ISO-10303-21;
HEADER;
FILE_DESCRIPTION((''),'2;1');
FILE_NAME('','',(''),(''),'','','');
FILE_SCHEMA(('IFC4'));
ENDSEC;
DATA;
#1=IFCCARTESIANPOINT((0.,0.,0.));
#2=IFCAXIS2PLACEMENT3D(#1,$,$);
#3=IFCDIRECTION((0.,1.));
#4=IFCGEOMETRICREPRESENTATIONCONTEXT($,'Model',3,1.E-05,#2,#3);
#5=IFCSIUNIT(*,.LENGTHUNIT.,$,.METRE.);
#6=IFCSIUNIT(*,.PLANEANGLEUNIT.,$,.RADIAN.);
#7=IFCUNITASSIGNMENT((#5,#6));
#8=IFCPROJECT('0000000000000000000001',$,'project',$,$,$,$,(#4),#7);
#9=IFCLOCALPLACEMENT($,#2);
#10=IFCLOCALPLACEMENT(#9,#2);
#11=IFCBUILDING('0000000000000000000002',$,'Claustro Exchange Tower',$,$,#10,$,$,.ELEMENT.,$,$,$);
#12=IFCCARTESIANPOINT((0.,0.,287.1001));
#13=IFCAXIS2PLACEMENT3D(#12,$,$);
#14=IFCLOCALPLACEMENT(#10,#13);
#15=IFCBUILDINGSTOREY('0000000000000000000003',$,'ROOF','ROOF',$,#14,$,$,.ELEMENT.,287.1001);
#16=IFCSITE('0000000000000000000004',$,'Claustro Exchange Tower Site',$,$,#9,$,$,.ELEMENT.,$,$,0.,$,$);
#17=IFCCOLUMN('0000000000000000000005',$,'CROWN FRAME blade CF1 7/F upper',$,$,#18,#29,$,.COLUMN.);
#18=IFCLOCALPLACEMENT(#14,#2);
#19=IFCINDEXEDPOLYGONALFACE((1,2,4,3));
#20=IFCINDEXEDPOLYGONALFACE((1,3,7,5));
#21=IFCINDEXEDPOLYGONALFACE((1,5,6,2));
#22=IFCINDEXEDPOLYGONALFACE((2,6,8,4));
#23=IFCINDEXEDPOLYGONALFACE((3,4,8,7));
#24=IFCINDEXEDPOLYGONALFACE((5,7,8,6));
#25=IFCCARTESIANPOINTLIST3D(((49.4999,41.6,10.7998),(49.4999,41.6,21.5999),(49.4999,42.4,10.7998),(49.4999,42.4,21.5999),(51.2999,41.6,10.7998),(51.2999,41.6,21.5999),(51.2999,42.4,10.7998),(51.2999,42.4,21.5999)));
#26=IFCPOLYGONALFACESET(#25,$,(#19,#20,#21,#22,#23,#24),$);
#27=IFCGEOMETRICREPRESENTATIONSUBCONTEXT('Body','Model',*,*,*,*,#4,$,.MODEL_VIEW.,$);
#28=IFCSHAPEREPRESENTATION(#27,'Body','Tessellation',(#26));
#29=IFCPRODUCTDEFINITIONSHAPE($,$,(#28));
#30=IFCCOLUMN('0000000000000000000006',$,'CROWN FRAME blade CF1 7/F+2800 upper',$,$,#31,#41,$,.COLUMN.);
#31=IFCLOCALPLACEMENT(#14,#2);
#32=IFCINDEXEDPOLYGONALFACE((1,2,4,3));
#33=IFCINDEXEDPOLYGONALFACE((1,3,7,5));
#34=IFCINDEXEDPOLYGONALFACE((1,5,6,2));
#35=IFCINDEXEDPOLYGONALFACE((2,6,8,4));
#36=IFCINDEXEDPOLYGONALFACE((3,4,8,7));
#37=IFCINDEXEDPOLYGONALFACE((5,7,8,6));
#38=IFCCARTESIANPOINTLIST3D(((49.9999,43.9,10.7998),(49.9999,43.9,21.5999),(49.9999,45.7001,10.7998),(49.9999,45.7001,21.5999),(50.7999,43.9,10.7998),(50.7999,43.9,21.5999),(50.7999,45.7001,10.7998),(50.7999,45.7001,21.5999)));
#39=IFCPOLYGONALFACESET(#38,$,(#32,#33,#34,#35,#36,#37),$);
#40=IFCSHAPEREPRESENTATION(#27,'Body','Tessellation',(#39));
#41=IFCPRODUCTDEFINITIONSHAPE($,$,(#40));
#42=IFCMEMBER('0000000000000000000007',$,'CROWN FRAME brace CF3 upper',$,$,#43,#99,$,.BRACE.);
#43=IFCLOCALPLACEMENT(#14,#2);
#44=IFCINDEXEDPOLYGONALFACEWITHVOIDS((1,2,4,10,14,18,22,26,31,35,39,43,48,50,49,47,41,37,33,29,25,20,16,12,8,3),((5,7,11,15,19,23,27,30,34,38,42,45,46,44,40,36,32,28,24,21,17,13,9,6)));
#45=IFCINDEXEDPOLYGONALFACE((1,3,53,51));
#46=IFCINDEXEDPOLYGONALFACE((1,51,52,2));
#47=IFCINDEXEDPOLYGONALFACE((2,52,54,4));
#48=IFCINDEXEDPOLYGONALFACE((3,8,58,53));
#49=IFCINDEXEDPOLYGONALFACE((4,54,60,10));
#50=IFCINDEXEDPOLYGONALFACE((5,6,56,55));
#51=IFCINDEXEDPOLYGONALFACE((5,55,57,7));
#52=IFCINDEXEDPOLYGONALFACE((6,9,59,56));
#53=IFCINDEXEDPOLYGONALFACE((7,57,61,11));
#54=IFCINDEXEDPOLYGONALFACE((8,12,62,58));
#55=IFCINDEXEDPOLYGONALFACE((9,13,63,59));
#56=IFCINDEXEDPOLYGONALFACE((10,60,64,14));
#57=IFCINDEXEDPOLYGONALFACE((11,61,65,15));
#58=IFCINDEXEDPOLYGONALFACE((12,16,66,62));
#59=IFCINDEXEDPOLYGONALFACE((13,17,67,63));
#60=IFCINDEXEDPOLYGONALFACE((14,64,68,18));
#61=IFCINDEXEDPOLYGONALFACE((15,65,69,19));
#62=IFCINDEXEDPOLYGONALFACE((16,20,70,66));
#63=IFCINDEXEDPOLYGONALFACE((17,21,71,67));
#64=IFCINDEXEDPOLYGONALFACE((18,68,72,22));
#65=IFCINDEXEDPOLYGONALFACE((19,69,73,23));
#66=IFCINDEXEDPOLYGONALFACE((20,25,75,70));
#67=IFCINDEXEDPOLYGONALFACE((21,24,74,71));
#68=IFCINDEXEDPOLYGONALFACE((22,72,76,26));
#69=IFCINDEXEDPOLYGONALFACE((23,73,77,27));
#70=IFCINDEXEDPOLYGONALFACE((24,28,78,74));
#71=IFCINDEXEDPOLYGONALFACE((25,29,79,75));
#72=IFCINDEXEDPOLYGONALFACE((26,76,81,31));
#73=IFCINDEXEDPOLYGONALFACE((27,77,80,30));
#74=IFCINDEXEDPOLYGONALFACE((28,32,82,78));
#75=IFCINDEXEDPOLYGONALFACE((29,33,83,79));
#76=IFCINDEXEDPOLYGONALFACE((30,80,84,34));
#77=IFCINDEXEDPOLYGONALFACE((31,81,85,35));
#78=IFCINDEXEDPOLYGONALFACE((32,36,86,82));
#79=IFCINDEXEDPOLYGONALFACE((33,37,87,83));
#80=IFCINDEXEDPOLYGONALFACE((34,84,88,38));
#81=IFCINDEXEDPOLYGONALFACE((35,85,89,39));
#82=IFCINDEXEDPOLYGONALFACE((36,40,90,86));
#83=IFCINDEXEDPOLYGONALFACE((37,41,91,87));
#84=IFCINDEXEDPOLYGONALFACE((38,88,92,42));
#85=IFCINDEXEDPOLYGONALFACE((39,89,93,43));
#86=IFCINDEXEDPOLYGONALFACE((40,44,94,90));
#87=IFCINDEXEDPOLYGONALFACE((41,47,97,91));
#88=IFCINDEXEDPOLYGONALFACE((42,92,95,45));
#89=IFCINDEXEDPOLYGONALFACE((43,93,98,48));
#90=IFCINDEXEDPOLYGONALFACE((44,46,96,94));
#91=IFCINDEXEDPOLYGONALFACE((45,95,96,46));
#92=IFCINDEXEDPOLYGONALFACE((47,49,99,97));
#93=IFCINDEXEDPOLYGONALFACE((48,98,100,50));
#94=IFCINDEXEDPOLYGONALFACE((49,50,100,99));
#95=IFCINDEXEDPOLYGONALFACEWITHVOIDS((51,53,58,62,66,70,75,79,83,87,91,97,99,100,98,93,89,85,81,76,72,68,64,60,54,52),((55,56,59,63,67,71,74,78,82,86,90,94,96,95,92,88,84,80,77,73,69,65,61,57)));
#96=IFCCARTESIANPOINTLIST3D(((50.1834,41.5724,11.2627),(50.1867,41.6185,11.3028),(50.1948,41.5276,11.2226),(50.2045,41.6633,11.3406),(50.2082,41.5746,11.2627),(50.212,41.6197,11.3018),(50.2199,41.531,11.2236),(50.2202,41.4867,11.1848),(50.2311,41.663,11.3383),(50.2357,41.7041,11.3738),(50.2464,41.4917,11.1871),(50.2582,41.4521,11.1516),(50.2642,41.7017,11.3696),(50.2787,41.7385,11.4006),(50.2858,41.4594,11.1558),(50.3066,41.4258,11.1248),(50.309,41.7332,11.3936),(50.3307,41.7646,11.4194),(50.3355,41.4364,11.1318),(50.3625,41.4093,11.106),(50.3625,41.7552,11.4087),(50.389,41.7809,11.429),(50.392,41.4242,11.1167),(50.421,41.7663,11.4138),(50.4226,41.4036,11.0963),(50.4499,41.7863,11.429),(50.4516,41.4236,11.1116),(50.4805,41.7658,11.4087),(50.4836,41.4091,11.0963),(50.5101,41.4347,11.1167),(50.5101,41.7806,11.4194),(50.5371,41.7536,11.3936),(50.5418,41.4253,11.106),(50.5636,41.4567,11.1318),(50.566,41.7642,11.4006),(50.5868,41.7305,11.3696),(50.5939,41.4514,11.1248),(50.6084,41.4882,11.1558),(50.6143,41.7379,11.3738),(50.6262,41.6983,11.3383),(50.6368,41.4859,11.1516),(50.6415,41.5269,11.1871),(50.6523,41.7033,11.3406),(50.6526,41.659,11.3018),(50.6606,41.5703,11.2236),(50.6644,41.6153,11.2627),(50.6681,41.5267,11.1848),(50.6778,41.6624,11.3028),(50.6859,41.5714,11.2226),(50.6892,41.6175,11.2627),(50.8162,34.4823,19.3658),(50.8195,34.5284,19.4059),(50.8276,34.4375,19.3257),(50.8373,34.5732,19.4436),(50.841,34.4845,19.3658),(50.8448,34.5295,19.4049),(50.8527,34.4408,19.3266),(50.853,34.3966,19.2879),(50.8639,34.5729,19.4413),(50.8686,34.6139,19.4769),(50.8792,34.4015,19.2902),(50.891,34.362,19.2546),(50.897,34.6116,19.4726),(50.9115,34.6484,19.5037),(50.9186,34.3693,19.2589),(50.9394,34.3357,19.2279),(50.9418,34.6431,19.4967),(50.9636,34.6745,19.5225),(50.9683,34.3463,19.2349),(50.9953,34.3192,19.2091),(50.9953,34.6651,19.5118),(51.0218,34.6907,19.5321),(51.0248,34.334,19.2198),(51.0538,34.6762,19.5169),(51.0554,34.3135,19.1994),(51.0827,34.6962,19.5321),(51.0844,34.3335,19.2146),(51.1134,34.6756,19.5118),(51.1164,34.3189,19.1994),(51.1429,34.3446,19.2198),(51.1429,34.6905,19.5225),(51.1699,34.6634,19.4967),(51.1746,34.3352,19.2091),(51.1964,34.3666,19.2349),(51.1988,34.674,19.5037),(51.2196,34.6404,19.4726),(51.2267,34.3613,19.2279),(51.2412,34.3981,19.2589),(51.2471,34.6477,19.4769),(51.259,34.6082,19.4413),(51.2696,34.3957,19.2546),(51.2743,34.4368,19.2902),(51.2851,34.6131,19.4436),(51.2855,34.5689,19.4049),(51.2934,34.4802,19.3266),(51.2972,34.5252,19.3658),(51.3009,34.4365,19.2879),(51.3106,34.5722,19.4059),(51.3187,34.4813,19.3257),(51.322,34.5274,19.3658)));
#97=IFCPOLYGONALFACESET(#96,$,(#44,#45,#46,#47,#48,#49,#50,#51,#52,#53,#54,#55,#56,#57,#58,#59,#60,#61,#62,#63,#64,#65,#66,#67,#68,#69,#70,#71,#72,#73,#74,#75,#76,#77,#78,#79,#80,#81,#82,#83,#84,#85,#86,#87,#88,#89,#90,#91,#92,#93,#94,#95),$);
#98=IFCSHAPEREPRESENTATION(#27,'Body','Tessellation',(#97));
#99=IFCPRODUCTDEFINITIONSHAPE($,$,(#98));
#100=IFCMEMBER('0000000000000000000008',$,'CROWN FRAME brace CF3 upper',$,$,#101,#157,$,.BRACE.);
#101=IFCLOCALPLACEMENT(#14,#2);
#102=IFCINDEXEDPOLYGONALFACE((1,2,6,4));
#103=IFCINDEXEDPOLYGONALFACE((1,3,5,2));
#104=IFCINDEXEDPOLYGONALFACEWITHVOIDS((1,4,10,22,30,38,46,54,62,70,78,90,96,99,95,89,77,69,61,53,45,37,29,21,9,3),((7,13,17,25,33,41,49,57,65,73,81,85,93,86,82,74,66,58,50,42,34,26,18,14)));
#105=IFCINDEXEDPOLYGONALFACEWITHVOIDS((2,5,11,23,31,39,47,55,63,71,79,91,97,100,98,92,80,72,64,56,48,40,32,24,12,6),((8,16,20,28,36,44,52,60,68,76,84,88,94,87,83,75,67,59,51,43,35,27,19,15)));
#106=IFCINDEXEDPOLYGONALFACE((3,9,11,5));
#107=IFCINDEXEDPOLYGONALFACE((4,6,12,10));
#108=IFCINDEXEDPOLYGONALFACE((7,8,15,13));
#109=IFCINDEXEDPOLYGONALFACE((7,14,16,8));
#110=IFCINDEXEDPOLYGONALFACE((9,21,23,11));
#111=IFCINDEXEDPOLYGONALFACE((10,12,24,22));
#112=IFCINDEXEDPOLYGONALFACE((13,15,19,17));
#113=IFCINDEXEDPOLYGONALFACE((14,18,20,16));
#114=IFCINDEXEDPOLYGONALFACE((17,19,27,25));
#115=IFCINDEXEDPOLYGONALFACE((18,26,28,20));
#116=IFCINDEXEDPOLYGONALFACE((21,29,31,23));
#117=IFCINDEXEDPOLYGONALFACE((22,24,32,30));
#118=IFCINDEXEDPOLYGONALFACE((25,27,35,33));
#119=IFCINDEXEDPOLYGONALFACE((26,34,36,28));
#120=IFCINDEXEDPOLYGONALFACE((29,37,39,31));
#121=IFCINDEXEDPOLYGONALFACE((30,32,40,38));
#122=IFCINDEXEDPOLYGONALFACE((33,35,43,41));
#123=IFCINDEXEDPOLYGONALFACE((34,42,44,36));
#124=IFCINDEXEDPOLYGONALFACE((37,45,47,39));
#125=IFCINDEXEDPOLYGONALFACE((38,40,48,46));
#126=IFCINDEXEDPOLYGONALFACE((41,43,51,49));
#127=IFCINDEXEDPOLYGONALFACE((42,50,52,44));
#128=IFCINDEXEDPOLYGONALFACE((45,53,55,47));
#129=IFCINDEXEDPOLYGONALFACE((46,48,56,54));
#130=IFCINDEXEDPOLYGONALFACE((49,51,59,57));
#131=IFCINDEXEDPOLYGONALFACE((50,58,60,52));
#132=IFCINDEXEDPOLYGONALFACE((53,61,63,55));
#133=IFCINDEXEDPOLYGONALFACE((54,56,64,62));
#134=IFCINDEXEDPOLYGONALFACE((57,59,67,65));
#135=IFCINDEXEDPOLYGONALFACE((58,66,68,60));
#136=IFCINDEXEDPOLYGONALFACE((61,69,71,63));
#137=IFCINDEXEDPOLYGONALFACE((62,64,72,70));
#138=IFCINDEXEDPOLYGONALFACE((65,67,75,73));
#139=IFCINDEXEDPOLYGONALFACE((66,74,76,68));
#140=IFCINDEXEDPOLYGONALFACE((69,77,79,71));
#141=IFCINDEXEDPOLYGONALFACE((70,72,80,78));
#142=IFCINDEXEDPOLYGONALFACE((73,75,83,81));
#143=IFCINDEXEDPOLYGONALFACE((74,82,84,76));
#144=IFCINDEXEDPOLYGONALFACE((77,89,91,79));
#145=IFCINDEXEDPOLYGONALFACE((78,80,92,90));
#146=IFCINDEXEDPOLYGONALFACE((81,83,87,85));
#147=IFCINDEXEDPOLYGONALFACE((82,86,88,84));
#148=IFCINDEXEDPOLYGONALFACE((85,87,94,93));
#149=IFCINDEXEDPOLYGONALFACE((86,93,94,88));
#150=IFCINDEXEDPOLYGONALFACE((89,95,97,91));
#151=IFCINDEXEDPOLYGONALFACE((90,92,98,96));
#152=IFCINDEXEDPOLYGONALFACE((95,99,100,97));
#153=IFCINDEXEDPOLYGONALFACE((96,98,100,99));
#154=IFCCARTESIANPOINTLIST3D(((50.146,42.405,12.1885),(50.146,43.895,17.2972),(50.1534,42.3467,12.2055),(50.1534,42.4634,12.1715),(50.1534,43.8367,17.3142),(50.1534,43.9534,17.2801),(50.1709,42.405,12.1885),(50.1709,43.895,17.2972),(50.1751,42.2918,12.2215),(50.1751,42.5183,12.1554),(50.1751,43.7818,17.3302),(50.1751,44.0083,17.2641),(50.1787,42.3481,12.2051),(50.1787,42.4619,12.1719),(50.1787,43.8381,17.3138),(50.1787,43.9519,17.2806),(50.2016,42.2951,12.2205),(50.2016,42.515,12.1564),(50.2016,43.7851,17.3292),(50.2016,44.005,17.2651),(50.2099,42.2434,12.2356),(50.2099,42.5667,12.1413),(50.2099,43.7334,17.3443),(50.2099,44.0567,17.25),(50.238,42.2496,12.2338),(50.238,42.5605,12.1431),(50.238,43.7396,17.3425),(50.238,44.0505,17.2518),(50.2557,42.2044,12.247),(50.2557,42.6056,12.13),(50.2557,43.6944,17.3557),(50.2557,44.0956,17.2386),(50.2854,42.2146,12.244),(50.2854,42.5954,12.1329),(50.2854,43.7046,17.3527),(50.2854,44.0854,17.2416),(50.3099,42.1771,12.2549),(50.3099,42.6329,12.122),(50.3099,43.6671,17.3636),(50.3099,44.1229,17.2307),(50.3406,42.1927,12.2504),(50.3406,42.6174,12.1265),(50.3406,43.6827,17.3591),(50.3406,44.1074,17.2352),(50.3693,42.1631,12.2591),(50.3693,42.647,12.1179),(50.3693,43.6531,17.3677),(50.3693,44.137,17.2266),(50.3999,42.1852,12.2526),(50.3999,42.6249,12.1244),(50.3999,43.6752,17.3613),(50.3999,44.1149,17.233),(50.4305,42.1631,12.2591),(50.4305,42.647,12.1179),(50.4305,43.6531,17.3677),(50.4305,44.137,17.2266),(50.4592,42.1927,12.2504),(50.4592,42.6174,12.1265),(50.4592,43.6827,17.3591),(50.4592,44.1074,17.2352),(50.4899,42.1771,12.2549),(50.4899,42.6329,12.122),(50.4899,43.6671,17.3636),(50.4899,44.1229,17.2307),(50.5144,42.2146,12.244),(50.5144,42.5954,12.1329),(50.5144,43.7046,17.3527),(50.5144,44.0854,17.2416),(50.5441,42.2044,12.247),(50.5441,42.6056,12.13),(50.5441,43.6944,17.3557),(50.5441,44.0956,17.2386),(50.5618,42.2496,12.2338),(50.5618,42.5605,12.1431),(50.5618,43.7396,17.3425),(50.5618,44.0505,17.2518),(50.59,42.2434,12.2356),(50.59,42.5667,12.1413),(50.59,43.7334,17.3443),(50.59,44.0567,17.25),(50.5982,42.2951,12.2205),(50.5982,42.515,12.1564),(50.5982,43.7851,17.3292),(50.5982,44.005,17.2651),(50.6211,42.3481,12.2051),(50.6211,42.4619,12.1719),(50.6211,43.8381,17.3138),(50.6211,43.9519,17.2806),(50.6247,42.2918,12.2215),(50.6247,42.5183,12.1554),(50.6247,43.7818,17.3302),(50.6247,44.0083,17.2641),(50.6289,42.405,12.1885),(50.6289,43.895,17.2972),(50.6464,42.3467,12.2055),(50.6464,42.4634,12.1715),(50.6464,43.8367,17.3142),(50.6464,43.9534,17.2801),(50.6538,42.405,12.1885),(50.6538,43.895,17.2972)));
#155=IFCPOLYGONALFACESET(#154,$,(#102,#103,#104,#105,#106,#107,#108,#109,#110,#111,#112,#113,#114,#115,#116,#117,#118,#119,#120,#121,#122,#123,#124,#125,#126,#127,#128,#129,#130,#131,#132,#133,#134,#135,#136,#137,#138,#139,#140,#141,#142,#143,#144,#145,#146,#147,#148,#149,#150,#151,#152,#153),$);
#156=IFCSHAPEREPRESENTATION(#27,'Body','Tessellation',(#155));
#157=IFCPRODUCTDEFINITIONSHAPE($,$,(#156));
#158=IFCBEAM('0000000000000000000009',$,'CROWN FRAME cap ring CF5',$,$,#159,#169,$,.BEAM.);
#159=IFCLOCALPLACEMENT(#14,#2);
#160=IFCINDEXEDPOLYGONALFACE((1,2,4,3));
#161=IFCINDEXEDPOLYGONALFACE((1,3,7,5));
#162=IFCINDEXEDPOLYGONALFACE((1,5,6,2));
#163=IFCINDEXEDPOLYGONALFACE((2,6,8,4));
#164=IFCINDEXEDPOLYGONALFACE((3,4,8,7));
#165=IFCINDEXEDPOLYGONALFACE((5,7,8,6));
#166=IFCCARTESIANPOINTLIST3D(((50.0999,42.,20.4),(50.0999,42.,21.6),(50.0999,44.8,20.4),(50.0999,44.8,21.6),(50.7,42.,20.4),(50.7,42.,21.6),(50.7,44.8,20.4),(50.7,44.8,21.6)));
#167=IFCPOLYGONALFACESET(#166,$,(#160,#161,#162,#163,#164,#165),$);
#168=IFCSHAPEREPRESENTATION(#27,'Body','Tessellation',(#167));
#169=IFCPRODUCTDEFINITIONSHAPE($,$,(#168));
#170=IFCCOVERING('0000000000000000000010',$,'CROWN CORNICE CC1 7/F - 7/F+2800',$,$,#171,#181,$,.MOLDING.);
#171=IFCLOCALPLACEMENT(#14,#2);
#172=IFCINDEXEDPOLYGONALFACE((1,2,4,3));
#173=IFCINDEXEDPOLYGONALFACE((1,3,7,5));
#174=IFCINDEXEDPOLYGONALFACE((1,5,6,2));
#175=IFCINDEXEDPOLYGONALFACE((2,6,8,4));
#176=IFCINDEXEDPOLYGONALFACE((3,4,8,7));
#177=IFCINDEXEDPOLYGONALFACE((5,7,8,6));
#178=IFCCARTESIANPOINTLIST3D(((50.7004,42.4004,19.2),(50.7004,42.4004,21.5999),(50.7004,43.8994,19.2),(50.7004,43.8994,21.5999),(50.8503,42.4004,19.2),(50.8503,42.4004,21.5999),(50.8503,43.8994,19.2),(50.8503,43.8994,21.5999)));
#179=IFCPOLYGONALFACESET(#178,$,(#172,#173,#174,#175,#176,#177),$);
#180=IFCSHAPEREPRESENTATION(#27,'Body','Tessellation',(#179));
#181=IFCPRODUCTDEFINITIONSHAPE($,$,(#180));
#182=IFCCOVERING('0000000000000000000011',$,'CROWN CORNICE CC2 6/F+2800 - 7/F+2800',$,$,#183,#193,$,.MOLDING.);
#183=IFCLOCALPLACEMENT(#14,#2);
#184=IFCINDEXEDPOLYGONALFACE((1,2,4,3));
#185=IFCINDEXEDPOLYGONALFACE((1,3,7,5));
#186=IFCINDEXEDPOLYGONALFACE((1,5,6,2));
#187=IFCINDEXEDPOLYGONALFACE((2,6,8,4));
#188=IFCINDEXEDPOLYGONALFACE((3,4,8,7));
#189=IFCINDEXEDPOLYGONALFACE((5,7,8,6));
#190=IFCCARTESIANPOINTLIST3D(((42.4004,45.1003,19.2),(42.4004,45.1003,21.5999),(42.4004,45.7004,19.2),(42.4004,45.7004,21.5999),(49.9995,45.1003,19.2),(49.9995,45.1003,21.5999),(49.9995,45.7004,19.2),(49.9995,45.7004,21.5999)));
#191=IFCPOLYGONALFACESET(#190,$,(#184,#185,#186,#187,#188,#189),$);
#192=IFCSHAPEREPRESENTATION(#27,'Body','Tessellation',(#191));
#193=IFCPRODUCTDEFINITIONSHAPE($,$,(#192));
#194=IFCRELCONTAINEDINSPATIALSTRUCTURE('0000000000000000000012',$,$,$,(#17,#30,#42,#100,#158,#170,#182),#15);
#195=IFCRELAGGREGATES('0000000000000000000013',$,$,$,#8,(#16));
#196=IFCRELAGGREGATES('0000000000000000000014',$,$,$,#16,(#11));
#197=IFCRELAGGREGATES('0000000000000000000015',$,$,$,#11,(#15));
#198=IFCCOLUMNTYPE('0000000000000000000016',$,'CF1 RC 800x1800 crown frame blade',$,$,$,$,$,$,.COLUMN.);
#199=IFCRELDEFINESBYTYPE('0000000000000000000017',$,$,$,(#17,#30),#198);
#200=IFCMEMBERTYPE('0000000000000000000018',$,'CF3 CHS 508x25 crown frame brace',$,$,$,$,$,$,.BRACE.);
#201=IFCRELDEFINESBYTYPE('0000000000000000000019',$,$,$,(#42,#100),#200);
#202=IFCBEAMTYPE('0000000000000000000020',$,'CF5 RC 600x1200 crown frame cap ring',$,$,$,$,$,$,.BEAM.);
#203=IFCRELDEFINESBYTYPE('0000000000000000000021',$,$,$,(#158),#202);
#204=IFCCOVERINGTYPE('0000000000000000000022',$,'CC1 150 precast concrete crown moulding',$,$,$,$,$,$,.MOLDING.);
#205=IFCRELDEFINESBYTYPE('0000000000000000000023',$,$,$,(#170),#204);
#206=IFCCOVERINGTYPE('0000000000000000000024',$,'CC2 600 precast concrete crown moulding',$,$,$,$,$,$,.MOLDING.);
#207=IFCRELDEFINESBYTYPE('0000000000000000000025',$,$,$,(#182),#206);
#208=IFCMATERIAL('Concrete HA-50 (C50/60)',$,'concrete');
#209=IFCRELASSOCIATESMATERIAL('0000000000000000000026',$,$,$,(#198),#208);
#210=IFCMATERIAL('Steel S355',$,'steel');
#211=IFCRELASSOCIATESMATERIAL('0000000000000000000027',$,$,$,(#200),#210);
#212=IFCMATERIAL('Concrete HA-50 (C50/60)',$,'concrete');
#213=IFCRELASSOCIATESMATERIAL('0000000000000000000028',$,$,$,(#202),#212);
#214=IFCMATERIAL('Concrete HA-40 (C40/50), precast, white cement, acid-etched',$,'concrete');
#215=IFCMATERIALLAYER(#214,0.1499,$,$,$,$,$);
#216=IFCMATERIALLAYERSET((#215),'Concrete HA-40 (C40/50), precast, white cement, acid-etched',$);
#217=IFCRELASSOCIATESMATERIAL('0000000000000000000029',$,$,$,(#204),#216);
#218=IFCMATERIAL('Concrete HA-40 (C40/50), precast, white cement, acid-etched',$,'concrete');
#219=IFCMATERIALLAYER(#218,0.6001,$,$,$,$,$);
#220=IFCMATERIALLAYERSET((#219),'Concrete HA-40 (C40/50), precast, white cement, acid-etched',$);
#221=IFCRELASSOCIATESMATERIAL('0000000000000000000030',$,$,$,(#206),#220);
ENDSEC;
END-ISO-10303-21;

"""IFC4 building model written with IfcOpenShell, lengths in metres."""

from ifc_helpers import new_model, si_unit, direction, frame, origin, origin_2d, place, context, subcontext, project, spatial, rectangle, hollow_circle, extrude, material, layer, layer_set, material_profile, profile_set, type_object, element, save


model = new_model("IFC4")

# Units and contexts
model_context = context("Model", 3, precision=1e-05, world=origin(), true_north=direction((0.0, 1.0)))
body_context = subcontext(model_context, "Body", "Model", "MODEL_VIEW")
ifc_project = project(units=[si_unit("LENGTHUNIT", "METRE"), si_unit("PLANEANGLEUNIT", "RADIAN")], contexts=[model_context])

# Site, building, storey
site_placement = place(None, origin())
site = spatial("IfcSite", under=ifc_project, at=site_placement, Name="Claustro Exchange Tower Site", CompositionType="ELEMENT", RefElevation=0.0)
building_placement = place(site_placement, origin())
building = spatial("IfcBuilding", under=site, at=building_placement, Name="Claustro Exchange Tower", CompositionType="ELEMENT")
storey_placement = place(building_placement, frame((0.0, 0.0, 287.1001)))
storey = spatial("IfcBuildingStorey", under=building, at=storey_placement, Name="ROOF", Description="ROOF", CompositionType="ELEMENT", Elevation=287.1001)

# Columns
ifc_material_1 = material(Name="Concrete HA-50 (C50/60)", Category="concrete")
ifc_material_profile_1 = material_profile(ifc_material_1, rectangle(XDim=0.8, YDim=1.8, at=origin_2d()), Name="RC 800x1800")
ifc_profile_set_1 = profile_set([ifc_material_profile_1], Name="Concrete HA-50 (C50/60)")
column_type = type_object("IfcColumnType", Name="CF1 RC 800x1800 crown frame blade", PredefinedType="COLUMN", material=ifc_profile_set_1)
for number, where, z_axis, x_axis, name in (
    (1, (50.3999, 42.0, 10.7998), (0.0, 0.0, 1.0), (0.0, 1.0, 0.0), "CROWN FRAME blade CF1 7/F upper"),
    (2, (50.3999, 44.8, 10.7998), (0.0, 0.0, 1.0), (1.0, 0.0, 0.0), "CROWN FRAME blade CF1 7/F+2800 upper"),
):
    element("IfcColumn", number, at=place(storey_placement, frame(where, z_axis=z_axis, x_axis=x_axis)), inside=storey, type_object=column_type, Name=name, PredefinedType="COLUMN", context=body_context, shape_type="SweptSolid", body=[
        extrude(rectangle(XDim=0.8, YDim=1.8, at=origin_2d()), origin(), (0.0, 0.0, 1.0), 10.8),
    ])

# Members
ifc_material_2 = material(Name="Steel S355", Category="steel")
ifc_material_profile_2 = material_profile(ifc_material_2, hollow_circle(Radius=0.2539, WallThickness=0.0249, at=origin_2d()), Name="CHS 508x25")
ifc_profile_set_2 = profile_set([ifc_material_profile_2], Name="Steel S355")
member_type = type_object("IfcMemberType", Name="CF3 CHS 508x25 crown frame brace", PredefinedType="BRACE", material=ifc_profile_set_2)
member_1_placement = place(storey_placement, frame((50.4363, 41.595, 11.2627), z_axis=(0.058672, -0.657367, 0.751283), x_axis=(0.996041, 0.0889, 0.0)))
element("IfcMember", 3, at=member_1_placement, inside=storey, type_object=member_type, Name="CROWN FRAME brace CF3 upper", PredefinedType="BRACE", context=body_context, shape_type="SweptSolid", body=[
    extrude(hollow_circle(Radius=0.2539, WallThickness=0.0249, at=origin_2d()), origin(), (0.0, 0.0, 1.0), 10.7856),
])
member_2_placement = place(storey_placement, frame((50.3999, 42.405, 12.1885), z_axis=(0.0, 0.279995, 0.960002), x_axis=(-1.0, 0.0, 0.0)))
element("IfcMember", 4, at=member_2_placement, inside=storey, type_object=member_type, Name="CROWN FRAME brace CF3 upper", PredefinedType="BRACE", context=body_context, shape_type="SweptSolid", body=[
    extrude(hollow_circle(Radius=0.2539, WallThickness=0.0249, at=origin_2d()), origin(), (0.0, 0.0, 1.0), 5.3215),
])

# Beam
ifc_material_3 = material(Name="Concrete HA-50 (C50/60)", Category="concrete")
ifc_material_profile_3 = material_profile(ifc_material_3, rectangle(XDim=0.6001, YDim=1.2, at=origin_2d()), Name="RC 600x1200")
ifc_profile_set_3 = profile_set([ifc_material_profile_3], Name="Concrete HA-50 (C50/60)")
beam_type = type_object("IfcBeamType", Name="CF5 RC 600x1200 crown frame cap ring", PredefinedType="BEAM", material=ifc_profile_set_3)
beam_placement = place(storey_placement, frame((50.3999, 42.0, 21.0), z_axis=(0.0, 1.0, 0.0), x_axis=(-1.0, 0.0, 0.0)))
element("IfcBeam", 5, at=beam_placement, inside=storey, type_object=beam_type, Name="CROWN FRAME cap ring CF5", PredefinedType="BEAM", context=body_context, shape_type="SweptSolid", body=[
    extrude(rectangle(XDim=0.6001, YDim=1.2, at=origin_2d()), origin(), (0.0, 0.0, 1.0), 2.8),
])

# Coverings
ifc_material_4 = material(Name="Concrete HA-40 (C40/50), precast, white cement, acid-etched", Category="concrete")
ifc_layer_1 = layer(ifc_material_4, 0.1499)
ifc_layer_set_1 = layer_set([ifc_layer_1], Name="Concrete HA-40 (C40/50), precast, white cement, acid-etched")
covering_type_1 = type_object("IfcCoveringType", Name="CC1 150 precast concrete crown moulding", PredefinedType="MOLDING", material=ifc_layer_set_1)
covering_1_placement = place(storey_placement, frame((50.7754, 43.1499, 19.2), z_axis=(0.0, 0.0, 1.0), x_axis=(0.0, 1.0, 0.0)))
element("IfcCovering", 6, at=covering_1_placement, inside=storey, type_object=covering_type_1, Name="CROWN CORNICE CC1 7/F - 7/F+2800", PredefinedType="MOLDING", context=body_context, shape_type="SweptSolid", body=[
    extrude(rectangle(XDim=1.499, YDim=0.1499, at=origin_2d()), origin(), (0.0, 0.0, 1.0), 2.3999),
])
ifc_material_5 = material(Name="Concrete HA-40 (C40/50), precast, white cement, acid-etched", Category="concrete")
ifc_layer_2 = layer(ifc_material_5, 0.6001)
ifc_layer_set_2 = layer_set([ifc_layer_2], Name="Concrete HA-40 (C40/50), precast, white cement, acid-etched")
covering_type_2 = type_object("IfcCoveringType", Name="CC2 600 precast concrete crown moulding", PredefinedType="MOLDING", material=ifc_layer_set_2)
covering_2_placement = place(storey_placement, frame((46.2, 45.4004, 19.2), z_axis=(0.0, 0.0, 1.0), x_axis=(1.0, 0.0, 0.0)))
element("IfcCovering", 7, at=covering_2_placement, inside=storey, type_object=covering_type_2, Name="CROWN CORNICE CC2 6/F+2800 - 7/F+2800", PredefinedType="MOLDING", context=body_context, shape_type="SweptSolid", body=[
    extrude(rectangle(XDim=7.5991, YDim=0.6001, at=origin_2d()), origin(), (0.0, 0.0, 1.0), 2.3999),
])

save(model, "model.ifc")
